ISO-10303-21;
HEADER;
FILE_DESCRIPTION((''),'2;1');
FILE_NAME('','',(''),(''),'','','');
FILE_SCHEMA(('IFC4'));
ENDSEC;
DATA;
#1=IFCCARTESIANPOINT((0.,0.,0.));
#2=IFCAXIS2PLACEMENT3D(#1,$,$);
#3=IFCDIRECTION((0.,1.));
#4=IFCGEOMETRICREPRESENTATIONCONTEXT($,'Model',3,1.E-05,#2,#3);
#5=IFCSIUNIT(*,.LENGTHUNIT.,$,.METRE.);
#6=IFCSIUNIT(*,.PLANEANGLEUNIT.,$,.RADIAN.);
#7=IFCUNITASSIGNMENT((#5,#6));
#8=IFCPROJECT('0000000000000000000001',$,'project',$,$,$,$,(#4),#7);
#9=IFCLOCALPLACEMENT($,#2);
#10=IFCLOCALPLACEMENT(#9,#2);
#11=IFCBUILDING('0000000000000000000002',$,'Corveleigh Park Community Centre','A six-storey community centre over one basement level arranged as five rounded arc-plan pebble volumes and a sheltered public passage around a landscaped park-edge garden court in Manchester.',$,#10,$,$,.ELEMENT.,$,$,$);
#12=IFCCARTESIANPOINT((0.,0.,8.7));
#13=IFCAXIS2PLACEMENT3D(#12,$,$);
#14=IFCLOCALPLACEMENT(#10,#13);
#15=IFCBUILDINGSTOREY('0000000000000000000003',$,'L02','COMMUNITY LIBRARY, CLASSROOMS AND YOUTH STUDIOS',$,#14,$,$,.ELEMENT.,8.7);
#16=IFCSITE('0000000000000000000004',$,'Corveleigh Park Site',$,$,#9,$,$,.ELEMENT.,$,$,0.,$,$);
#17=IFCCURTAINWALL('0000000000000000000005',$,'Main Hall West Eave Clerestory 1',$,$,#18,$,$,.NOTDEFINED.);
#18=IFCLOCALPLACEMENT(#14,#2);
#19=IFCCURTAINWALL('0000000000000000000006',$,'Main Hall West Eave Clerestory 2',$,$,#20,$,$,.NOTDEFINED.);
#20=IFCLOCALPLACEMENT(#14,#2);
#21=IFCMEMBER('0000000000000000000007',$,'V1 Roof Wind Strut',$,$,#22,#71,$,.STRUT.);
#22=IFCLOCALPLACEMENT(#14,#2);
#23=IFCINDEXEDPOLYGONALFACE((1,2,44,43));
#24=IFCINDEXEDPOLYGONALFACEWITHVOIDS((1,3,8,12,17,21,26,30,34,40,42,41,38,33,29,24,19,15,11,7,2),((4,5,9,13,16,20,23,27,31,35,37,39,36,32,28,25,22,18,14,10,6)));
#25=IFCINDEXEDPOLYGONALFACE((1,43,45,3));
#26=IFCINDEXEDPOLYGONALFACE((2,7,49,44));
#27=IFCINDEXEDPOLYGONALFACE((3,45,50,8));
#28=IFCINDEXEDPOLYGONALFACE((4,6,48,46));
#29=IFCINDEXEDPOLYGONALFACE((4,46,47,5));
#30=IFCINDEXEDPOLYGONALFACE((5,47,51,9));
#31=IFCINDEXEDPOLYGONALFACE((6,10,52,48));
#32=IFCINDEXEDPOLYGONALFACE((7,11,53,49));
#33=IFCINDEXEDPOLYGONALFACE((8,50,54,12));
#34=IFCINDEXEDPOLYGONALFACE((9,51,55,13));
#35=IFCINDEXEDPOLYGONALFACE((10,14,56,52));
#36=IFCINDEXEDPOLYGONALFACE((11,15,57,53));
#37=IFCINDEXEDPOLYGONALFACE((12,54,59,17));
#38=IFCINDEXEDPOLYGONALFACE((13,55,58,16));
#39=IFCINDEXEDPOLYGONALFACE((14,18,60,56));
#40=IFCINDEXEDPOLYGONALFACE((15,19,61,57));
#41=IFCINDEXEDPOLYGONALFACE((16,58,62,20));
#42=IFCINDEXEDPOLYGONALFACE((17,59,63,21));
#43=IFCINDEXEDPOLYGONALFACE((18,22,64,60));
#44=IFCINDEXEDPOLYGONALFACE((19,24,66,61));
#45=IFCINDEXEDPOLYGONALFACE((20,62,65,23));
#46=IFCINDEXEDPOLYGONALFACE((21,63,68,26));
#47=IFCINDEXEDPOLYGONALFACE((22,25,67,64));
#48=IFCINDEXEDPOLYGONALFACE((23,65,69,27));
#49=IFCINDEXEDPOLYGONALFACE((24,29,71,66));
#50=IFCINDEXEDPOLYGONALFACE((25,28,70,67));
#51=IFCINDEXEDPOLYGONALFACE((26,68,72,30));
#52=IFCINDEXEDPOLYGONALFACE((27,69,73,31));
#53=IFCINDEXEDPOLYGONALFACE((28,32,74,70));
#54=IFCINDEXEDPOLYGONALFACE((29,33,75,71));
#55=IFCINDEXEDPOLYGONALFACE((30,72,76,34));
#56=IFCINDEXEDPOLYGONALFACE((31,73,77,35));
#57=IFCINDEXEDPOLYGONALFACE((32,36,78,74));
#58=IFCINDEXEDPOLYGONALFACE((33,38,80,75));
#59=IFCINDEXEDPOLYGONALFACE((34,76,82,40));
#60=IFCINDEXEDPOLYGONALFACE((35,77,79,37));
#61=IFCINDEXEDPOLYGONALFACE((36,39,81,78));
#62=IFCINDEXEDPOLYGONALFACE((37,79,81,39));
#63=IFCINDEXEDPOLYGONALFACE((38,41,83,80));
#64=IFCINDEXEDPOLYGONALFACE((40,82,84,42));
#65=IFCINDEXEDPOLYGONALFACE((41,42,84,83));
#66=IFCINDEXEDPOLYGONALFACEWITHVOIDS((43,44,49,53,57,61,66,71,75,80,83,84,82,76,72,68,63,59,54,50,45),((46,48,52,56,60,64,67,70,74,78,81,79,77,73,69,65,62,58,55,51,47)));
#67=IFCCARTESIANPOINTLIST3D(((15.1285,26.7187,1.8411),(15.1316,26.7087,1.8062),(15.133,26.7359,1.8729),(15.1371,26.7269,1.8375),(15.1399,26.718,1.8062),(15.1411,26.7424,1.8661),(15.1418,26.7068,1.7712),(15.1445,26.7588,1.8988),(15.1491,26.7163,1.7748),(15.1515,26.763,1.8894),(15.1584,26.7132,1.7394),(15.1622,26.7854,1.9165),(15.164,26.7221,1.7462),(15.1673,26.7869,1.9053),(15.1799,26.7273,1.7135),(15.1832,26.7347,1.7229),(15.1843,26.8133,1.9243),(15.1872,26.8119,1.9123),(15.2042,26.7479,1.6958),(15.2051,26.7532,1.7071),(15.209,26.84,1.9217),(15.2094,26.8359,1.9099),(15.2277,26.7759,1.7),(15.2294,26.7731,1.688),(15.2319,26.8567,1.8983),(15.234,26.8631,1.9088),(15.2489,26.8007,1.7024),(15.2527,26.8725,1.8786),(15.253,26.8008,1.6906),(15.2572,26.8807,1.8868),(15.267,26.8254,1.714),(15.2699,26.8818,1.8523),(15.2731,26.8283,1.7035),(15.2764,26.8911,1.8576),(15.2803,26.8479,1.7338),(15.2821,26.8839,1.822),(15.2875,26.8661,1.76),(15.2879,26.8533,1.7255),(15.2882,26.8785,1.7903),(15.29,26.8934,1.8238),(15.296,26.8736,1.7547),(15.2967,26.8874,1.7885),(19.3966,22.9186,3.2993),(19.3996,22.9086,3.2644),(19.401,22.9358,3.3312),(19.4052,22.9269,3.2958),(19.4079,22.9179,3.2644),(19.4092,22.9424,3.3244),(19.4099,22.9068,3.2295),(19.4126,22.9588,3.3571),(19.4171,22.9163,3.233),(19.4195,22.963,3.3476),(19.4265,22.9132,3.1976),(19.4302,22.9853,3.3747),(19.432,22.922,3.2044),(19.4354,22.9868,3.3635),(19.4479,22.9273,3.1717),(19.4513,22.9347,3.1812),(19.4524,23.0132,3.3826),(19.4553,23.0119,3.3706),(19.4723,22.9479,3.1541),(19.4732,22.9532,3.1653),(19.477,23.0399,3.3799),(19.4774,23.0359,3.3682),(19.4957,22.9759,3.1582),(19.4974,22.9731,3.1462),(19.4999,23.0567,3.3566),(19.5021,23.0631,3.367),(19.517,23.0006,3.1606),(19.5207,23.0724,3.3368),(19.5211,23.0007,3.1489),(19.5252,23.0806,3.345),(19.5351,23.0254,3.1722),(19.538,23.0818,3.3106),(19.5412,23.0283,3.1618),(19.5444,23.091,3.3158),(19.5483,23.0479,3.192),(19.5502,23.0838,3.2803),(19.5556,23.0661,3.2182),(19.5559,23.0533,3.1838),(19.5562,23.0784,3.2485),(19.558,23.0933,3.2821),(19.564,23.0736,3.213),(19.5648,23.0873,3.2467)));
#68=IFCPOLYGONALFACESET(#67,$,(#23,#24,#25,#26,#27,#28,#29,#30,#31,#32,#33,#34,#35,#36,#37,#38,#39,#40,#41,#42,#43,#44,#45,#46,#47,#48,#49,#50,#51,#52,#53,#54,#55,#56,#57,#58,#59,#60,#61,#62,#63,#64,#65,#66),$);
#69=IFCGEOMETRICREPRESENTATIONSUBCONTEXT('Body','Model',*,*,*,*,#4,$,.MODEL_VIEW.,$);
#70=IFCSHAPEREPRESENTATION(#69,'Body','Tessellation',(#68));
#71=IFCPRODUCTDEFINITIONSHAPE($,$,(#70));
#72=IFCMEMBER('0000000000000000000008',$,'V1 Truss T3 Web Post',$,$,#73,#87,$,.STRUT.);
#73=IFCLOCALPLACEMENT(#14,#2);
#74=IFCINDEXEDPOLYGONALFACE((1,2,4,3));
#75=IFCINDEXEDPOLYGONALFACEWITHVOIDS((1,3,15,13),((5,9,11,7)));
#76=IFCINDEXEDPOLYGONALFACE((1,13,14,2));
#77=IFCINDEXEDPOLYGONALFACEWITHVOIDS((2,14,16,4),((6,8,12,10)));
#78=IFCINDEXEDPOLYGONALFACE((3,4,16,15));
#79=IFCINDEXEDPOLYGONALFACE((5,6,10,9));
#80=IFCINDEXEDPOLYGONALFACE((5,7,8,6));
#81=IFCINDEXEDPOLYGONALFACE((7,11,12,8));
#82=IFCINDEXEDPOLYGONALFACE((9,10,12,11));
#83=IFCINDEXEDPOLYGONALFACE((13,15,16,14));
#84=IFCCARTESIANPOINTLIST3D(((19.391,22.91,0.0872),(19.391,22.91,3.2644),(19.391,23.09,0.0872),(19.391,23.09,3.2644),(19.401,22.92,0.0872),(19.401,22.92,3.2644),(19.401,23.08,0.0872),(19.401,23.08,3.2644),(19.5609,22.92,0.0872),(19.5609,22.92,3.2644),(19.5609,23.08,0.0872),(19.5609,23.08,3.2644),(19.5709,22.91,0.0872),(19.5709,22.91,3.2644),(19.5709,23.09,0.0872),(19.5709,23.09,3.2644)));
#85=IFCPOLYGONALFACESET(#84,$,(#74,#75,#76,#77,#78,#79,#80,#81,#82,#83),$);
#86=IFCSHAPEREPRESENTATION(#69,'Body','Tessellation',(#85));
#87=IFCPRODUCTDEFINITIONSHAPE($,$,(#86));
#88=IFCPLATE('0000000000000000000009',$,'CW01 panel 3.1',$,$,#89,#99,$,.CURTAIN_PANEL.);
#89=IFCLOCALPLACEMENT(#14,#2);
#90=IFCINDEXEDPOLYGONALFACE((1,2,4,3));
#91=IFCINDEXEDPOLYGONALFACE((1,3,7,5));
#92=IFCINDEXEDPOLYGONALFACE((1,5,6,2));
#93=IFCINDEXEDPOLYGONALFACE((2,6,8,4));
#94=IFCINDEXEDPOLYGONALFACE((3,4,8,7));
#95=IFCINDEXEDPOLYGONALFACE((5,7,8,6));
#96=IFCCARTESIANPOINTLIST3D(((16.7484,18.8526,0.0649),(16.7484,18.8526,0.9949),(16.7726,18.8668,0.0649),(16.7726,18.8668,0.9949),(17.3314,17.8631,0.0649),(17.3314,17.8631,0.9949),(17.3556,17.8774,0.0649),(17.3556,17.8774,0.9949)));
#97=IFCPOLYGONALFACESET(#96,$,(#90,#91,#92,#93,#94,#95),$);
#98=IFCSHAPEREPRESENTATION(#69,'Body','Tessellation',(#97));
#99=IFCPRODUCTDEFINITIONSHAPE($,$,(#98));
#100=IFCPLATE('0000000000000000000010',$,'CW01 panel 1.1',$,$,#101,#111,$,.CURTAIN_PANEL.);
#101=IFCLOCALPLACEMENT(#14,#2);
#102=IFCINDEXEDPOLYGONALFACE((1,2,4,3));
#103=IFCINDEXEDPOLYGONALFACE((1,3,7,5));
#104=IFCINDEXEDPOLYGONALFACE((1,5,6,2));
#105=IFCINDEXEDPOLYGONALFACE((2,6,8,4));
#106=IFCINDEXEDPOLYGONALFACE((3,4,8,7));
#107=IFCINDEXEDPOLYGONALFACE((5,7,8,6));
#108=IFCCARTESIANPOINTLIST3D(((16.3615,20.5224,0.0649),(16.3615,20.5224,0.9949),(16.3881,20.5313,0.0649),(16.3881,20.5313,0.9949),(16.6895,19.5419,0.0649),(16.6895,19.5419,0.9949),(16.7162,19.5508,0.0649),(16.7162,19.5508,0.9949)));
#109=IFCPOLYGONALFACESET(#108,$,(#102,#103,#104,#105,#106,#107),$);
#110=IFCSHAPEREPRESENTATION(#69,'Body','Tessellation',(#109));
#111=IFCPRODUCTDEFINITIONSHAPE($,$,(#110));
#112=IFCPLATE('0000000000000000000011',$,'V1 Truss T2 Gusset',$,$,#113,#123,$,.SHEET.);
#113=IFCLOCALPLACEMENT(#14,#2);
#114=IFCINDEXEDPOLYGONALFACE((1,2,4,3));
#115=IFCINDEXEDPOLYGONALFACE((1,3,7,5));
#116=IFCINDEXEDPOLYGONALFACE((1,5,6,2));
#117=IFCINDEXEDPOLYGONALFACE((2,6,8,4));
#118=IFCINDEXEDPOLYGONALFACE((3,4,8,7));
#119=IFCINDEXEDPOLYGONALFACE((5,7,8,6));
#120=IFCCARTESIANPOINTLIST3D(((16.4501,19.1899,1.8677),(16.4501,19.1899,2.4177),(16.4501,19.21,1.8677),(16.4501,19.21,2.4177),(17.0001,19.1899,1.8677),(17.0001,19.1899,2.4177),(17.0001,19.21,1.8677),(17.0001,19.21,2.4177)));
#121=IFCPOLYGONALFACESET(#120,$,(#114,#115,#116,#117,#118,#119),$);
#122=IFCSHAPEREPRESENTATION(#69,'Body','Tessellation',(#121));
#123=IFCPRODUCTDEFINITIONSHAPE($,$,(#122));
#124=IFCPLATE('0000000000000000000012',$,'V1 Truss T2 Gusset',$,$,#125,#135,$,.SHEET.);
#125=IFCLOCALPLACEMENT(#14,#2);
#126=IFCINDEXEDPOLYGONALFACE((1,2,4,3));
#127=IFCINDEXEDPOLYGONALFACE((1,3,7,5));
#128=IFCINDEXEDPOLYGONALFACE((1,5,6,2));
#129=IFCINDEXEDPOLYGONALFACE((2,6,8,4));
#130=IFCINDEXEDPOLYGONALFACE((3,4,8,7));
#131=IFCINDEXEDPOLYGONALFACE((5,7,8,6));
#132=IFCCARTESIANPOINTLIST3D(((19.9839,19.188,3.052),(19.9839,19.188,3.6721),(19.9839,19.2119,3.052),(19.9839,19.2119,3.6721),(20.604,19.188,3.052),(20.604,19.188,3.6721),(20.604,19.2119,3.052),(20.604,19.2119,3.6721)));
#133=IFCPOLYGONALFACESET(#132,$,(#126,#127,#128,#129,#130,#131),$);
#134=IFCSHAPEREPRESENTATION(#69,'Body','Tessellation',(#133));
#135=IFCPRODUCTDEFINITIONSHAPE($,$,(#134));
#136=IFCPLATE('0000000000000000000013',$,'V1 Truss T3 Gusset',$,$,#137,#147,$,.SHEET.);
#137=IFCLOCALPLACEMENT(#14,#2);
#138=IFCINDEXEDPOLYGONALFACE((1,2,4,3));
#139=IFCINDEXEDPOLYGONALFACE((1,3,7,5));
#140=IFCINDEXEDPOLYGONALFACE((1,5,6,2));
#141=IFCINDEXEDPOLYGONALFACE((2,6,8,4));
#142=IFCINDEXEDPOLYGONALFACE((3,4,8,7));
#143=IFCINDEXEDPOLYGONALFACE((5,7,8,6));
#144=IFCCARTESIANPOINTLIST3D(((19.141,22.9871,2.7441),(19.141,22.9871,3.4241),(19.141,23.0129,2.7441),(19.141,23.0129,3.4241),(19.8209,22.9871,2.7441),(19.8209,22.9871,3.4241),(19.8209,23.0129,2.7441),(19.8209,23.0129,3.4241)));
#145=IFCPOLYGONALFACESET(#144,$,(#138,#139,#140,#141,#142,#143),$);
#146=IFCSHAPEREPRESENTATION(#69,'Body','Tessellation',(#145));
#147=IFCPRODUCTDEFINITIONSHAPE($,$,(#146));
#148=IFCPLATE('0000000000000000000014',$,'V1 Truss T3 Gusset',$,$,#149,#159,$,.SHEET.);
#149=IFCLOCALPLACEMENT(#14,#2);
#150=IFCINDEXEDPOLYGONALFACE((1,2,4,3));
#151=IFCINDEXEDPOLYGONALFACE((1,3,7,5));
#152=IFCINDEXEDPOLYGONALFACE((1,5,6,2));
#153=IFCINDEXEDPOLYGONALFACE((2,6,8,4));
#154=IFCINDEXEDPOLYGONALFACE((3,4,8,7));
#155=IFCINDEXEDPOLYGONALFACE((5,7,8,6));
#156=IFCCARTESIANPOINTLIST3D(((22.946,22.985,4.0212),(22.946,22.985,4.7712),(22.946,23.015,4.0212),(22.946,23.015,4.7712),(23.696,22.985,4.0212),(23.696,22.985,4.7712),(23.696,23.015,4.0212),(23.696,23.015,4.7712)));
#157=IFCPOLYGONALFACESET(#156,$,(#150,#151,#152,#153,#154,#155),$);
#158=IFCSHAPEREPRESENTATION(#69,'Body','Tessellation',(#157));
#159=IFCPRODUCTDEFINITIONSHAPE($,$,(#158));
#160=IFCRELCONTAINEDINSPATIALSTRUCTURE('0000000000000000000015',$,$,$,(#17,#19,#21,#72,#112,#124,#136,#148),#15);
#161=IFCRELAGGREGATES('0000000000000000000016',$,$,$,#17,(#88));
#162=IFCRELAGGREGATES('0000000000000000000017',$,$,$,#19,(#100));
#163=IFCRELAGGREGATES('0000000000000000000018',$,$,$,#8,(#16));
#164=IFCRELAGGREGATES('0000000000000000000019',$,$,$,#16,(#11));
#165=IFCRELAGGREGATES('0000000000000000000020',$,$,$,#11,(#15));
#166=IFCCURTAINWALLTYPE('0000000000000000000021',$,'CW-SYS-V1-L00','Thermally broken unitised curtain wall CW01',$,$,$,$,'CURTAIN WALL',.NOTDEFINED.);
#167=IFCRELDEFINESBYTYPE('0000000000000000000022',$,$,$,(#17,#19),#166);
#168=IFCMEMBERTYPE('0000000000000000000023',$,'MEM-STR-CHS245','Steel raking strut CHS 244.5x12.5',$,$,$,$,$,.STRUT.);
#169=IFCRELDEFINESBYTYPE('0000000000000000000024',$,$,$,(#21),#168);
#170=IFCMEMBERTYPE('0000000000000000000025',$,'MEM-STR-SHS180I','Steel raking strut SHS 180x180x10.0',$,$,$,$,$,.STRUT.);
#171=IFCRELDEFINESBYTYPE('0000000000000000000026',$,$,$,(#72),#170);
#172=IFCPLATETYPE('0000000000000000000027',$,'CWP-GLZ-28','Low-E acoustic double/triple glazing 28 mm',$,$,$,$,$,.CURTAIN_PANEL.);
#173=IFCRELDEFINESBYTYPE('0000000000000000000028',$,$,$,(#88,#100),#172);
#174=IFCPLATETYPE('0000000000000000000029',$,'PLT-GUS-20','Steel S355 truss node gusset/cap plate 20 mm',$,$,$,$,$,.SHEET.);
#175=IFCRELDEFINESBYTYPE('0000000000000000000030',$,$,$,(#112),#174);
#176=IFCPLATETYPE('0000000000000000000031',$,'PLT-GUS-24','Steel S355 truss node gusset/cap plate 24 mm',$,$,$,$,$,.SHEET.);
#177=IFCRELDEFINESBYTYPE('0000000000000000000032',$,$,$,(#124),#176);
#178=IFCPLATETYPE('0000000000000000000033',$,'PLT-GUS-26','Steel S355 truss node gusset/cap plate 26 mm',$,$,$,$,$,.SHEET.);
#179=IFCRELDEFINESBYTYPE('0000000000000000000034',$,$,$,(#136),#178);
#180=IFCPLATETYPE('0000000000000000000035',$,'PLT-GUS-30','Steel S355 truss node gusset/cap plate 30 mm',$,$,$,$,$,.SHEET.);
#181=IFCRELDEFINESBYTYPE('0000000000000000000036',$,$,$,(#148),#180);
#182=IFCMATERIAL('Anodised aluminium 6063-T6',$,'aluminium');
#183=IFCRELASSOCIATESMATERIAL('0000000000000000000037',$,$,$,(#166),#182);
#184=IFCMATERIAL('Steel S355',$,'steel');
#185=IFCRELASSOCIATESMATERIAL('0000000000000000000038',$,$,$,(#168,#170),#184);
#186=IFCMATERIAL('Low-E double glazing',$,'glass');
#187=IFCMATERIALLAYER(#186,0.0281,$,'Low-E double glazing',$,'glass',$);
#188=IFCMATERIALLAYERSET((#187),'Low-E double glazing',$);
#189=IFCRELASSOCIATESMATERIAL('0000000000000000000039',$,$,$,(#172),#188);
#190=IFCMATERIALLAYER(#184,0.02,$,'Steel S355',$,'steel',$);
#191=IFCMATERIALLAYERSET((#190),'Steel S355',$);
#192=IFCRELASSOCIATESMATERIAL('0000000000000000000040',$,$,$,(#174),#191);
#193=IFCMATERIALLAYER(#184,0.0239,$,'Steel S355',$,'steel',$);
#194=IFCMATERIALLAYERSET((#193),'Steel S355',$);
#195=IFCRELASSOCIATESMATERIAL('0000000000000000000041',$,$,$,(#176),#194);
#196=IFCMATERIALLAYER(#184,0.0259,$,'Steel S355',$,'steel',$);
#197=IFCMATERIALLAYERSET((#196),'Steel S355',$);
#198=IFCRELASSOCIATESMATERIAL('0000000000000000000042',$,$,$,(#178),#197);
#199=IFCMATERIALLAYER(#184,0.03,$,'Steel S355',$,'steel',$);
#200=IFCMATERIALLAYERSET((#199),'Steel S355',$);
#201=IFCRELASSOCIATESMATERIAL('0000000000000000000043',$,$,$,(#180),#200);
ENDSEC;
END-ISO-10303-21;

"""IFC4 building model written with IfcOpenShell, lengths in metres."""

from ifc_helpers import new_model, si_unit, direction, frame, origin, origin_2d, place, context, subcontext, project, spatial, rectangle, hollow_rectangle, hollow_circle, extrude, material, layer, layer_set, material_profile, profile_set, type_object, element, aggregate, save


model = new_model("IFC4")

# Units and contexts
model_context = context("Model", 3, precision=1e-05, world=origin(), true_north=direction((0.0, 1.0)))
body_context = subcontext(model_context, "Body", "Model", "MODEL_VIEW")
ifc_project = project(units=[si_unit("LENGTHUNIT", "METRE"), si_unit("PLANEANGLEUNIT", "RADIAN")], contexts=[model_context])

# Site, building, storey
site_placement = place(None, origin())
site = spatial("IfcSite", under=ifc_project, at=site_placement, Name="Corveleigh Park Site", CompositionType="ELEMENT", RefElevation=0.0)
building_placement = place(site_placement, origin())
building = spatial("IfcBuilding", under=site, at=building_placement, Name="Corveleigh Park Community Centre", Description="A six-storey community centre over one basement level arranged as five rounded arc-plan pebble volumes and a sheltered public passage around a landscaped park-edge garden court in Manchester.", CompositionType="ELEMENT")
storey_placement = place(building_placement, frame((0.0, 0.0, 8.7)))
storey = spatial("IfcBuildingStorey", under=building, at=storey_placement, Name="L02", Description="COMMUNITY LIBRARY, CLASSROOMS AND YOUTH STUDIOS", CompositionType="ELEMENT", Elevation=8.7)

# Shared definitions
ifc_material_1 = material(Name="Steel S355", Category="steel")

# Curtain walls
ifc_material_2 = material(Name="Anodised aluminium 6063-T6", Category="aluminium")
curtain_wall_type = type_object("IfcCurtainWallType", Name="CW-SYS-V1-L00", Description="Thermally broken unitised curtain wall CW01", ElementType="CURTAIN WALL", PredefinedType="NOTDEFINED", material=ifc_material_2)
curtain_wall_1_placement = place(storey_placement, origin())
curtain_wall_1 = element("IfcCurtainWall", 1, at=curtain_wall_1_placement, inside=storey, type_object=curtain_wall_type, Name="Main Hall West Eave Clerestory 1", PredefinedType="NOTDEFINED")
curtain_wall_2_placement = place(storey_placement, origin())
curtain_wall_2 = element("IfcCurtainWall", 2, at=curtain_wall_2_placement, inside=storey, type_object=curtain_wall_type, Name="Main Hall West Eave Clerestory 2", PredefinedType="NOTDEFINED")

# Members
ifc_material_profile_1 = material_profile(ifc_material_1, hollow_circle(Radius=0.1223, WallThickness=0.0125, at=origin_2d()), Name="CHS 244.5x12.5", Category="steel")
ifc_profile_set_1 = profile_set([ifc_material_profile_1], Name="Steel S355")
member_type_1 = type_object("IfcMemberType", Name="MEM-STR-CHS245", Description="Steel raking strut CHS 244.5x12.5", PredefinedType="STRUT", material=ifc_profile_set_1)
member_1_placement = place(storey_placement, frame((19.481, 23.0, 3.2644), z_axis=(-0.723679, 0.644324, -0.247256), x_axis=(-0.664971, -0.746869, 0.0)))
element("IfcMember", 3, at=member_1_placement, inside=storey, type_object=member_type_1, Name="V1 Roof Wind Strut", PredefinedType="STRUT", context=body_context, shape_type="SweptSolid", body=[
    extrude(hollow_circle(Radius=0.1223, WallThickness=0.0125, at=origin_2d()), origin(), (0.0, 0.0, 1.0), 5.8977),
])
ifc_material_profile_2 = material_profile(ifc_material_1, hollow_rectangle(XDim=0.1799, YDim=0.1799, WallThickness=0.01, at=origin_2d()), Name="SHS 180x180x10.0", Category="steel")
ifc_profile_set_2 = profile_set([ifc_material_profile_2], Name="Steel S355")
member_type_2 = type_object("IfcMemberType", Name="MEM-STR-SHS180I", Description="Steel raking strut SHS 180x180x10.0", PredefinedType="STRUT", material=ifc_profile_set_2)
member_2_placement = place(storey_placement, frame((19.481, 23.0, 0.0872), z_axis=(0.0, 0.0, 1.0), x_axis=(1.0, 0.0, 0.0)))
element("IfcMember", 4, at=member_2_placement, inside=storey, type_object=member_type_2, Name="V1 Truss T3 Web Post", PredefinedType="STRUT", context=body_context, shape_type="SweptSolid", body=[
    extrude(hollow_rectangle(XDim=0.1799, YDim=0.1799, WallThickness=0.01, at=origin_2d()), origin(), (0.0, 0.0, 1.0), 3.1772),
])

# Plates
ifc_material_3 = material(Name="Low-E double glazing", Category="glass")
ifc_layer_1 = layer(ifc_material_3, 0.0281, Name="Low-E double glazing", Category="glass")
ifc_layer_set_1 = layer_set([ifc_layer_1], Name="Low-E double glazing")
plate_type_1 = type_object("IfcPlateType", Name="CWP-GLZ-28", Description="Low-E acoustic double/triple glazing 28 mm", PredefinedType="CURTAIN_PANEL", material=ifc_layer_set_1)
plate_1_placement = place(storey_placement, frame((17.052, 18.365, 0.0649), z_axis=(0.0, 0.0, 1.0), x_axis=(-0.507636, 0.861572, 0.0)))
plate_1 = element("IfcPlate", 5, at=plate_1_placement, type_object=plate_type_1, Name="CW01 panel 3.1", PredefinedType="CURTAIN_PANEL", context=body_context, shape_type="SweptSolid", body=[
    extrude(rectangle(XDim=1.1484, YDim=0.0281, at=origin_2d()), origin(), (0.0, 0.0, 1.0), 0.9299),
])
aggregate(curtain_wall_1, [plate_1])
plate_2_placement = place(storey_placement, frame((16.5388, 20.0366, 0.0649), z_axis=(0.0, 0.0, 1.0), x_axis=(-0.317281, 0.948331, 0.0)))
plate_2 = element("IfcPlate", 6, at=plate_2_placement, type_object=plate_type_1, Name="CW01 panel 1.1", PredefinedType="CURTAIN_PANEL", context=body_context, shape_type="SweptSolid", body=[
    extrude(rectangle(XDim=1.0339, YDim=0.0281, at=origin_2d()), origin(), (0.0, 0.0, 1.0), 0.9299),
])
aggregate(curtain_wall_2, [plate_2])

# Plates
ifc_layer_2 = layer(ifc_material_1, 0.02, Name="Steel S355", Category="steel")
ifc_layer_set_2 = layer_set([ifc_layer_2], Name="Steel S355")
plate_type_2 = type_object("IfcPlateType", Name="PLT-GUS-20", Description="Steel S355 truss node gusset/cap plate 20 mm", PredefinedType="SHEET", material=ifc_layer_set_2)
plate_3_placement = place(storey_placement, frame((16.7251, 19.2, 1.8677), z_axis=(0.0, 0.0, 1.0), x_axis=(1.0, 0.0, 0.0)))
element("IfcPlate", 7, at=plate_3_placement, inside=storey, type_object=plate_type_2, Name="V1 Truss T2 Gusset", PredefinedType="SHEET", context=body_context, shape_type="SweptSolid", body=[
    extrude(rectangle(XDim=0.55, YDim=0.02, at=origin_2d()), origin(), (0.0, 0.0, 1.0), 0.55),
])
ifc_layer_3 = layer(ifc_material_1, 0.0239, Name="Steel S355", Category="steel")
ifc_layer_set_3 = layer_set([ifc_layer_3], Name="Steel S355")
plate_type_3 = type_object("IfcPlateType", Name="PLT-GUS-24", Description="Steel S355 truss node gusset/cap plate 24 mm", PredefinedType="SHEET", material=ifc_layer_set_3)
plate_4_placement = place(storey_placement, frame((20.2939, 19.2, 3.052), z_axis=(0.0, 0.0, 1.0), x_axis=(1.0, 0.0, 0.0)))
element("IfcPlate", 8, at=plate_4_placement, inside=storey, type_object=plate_type_3, Name="V1 Truss T2 Gusset", PredefinedType="SHEET", context=body_context, shape_type="SweptSolid", body=[
    extrude(rectangle(XDim=0.6201, YDim=0.0239, at=origin_2d()), origin(), (0.0, 0.0, 1.0), 0.6201),
])
ifc_layer_4 = layer(ifc_material_1, 0.0259, Name="Steel S355", Category="steel")
ifc_layer_set_4 = layer_set([ifc_layer_4], Name="Steel S355")
plate_type_4 = type_object("IfcPlateType", Name="PLT-GUS-26", Description="Steel S355 truss node gusset/cap plate 26 mm", PredefinedType="SHEET", material=ifc_layer_set_4)
plate_5_placement = place(storey_placement, frame((19.481, 23.0, 2.7441), z_axis=(0.0, 0.0, 1.0), x_axis=(1.0, 0.0, 0.0)))
element("IfcPlate", 9, at=plate_5_placement, inside=storey, type_object=plate_type_4, Name="V1 Truss T3 Gusset", PredefinedType="SHEET", context=body_context, shape_type="SweptSolid", body=[
    extrude(rectangle(XDim=0.6799, YDim=0.0259, at=origin_2d()), origin(), (0.0, 0.0, 1.0), 0.6799),
])
ifc_layer_5 = layer(ifc_material_1, 0.03, Name="Steel S355", Category="steel")
ifc_layer_set_5 = layer_set([ifc_layer_5], Name="Steel S355")
plate_type_5 = type_object("IfcPlateType", Name="PLT-GUS-30", Description="Steel S355 truss node gusset/cap plate 30 mm", PredefinedType="SHEET", material=ifc_layer_set_5)
plate_6_placement = place(storey_placement, frame((23.321, 23.0, 4.0212), z_axis=(0.0, 0.0, 1.0), x_axis=(1.0, 0.0, 0.0)))
element("IfcPlate", 10, at=plate_6_placement, inside=storey, type_object=plate_type_5, Name="V1 Truss T3 Gusset", PredefinedType="SHEET", context=body_context, shape_type="SweptSolid", body=[
    extrude(rectangle(XDim=0.75, YDim=0.03, at=origin_2d()), origin(), (0.0, 0.0, 1.0), 0.75),
])

save(model, "model.ifc")
